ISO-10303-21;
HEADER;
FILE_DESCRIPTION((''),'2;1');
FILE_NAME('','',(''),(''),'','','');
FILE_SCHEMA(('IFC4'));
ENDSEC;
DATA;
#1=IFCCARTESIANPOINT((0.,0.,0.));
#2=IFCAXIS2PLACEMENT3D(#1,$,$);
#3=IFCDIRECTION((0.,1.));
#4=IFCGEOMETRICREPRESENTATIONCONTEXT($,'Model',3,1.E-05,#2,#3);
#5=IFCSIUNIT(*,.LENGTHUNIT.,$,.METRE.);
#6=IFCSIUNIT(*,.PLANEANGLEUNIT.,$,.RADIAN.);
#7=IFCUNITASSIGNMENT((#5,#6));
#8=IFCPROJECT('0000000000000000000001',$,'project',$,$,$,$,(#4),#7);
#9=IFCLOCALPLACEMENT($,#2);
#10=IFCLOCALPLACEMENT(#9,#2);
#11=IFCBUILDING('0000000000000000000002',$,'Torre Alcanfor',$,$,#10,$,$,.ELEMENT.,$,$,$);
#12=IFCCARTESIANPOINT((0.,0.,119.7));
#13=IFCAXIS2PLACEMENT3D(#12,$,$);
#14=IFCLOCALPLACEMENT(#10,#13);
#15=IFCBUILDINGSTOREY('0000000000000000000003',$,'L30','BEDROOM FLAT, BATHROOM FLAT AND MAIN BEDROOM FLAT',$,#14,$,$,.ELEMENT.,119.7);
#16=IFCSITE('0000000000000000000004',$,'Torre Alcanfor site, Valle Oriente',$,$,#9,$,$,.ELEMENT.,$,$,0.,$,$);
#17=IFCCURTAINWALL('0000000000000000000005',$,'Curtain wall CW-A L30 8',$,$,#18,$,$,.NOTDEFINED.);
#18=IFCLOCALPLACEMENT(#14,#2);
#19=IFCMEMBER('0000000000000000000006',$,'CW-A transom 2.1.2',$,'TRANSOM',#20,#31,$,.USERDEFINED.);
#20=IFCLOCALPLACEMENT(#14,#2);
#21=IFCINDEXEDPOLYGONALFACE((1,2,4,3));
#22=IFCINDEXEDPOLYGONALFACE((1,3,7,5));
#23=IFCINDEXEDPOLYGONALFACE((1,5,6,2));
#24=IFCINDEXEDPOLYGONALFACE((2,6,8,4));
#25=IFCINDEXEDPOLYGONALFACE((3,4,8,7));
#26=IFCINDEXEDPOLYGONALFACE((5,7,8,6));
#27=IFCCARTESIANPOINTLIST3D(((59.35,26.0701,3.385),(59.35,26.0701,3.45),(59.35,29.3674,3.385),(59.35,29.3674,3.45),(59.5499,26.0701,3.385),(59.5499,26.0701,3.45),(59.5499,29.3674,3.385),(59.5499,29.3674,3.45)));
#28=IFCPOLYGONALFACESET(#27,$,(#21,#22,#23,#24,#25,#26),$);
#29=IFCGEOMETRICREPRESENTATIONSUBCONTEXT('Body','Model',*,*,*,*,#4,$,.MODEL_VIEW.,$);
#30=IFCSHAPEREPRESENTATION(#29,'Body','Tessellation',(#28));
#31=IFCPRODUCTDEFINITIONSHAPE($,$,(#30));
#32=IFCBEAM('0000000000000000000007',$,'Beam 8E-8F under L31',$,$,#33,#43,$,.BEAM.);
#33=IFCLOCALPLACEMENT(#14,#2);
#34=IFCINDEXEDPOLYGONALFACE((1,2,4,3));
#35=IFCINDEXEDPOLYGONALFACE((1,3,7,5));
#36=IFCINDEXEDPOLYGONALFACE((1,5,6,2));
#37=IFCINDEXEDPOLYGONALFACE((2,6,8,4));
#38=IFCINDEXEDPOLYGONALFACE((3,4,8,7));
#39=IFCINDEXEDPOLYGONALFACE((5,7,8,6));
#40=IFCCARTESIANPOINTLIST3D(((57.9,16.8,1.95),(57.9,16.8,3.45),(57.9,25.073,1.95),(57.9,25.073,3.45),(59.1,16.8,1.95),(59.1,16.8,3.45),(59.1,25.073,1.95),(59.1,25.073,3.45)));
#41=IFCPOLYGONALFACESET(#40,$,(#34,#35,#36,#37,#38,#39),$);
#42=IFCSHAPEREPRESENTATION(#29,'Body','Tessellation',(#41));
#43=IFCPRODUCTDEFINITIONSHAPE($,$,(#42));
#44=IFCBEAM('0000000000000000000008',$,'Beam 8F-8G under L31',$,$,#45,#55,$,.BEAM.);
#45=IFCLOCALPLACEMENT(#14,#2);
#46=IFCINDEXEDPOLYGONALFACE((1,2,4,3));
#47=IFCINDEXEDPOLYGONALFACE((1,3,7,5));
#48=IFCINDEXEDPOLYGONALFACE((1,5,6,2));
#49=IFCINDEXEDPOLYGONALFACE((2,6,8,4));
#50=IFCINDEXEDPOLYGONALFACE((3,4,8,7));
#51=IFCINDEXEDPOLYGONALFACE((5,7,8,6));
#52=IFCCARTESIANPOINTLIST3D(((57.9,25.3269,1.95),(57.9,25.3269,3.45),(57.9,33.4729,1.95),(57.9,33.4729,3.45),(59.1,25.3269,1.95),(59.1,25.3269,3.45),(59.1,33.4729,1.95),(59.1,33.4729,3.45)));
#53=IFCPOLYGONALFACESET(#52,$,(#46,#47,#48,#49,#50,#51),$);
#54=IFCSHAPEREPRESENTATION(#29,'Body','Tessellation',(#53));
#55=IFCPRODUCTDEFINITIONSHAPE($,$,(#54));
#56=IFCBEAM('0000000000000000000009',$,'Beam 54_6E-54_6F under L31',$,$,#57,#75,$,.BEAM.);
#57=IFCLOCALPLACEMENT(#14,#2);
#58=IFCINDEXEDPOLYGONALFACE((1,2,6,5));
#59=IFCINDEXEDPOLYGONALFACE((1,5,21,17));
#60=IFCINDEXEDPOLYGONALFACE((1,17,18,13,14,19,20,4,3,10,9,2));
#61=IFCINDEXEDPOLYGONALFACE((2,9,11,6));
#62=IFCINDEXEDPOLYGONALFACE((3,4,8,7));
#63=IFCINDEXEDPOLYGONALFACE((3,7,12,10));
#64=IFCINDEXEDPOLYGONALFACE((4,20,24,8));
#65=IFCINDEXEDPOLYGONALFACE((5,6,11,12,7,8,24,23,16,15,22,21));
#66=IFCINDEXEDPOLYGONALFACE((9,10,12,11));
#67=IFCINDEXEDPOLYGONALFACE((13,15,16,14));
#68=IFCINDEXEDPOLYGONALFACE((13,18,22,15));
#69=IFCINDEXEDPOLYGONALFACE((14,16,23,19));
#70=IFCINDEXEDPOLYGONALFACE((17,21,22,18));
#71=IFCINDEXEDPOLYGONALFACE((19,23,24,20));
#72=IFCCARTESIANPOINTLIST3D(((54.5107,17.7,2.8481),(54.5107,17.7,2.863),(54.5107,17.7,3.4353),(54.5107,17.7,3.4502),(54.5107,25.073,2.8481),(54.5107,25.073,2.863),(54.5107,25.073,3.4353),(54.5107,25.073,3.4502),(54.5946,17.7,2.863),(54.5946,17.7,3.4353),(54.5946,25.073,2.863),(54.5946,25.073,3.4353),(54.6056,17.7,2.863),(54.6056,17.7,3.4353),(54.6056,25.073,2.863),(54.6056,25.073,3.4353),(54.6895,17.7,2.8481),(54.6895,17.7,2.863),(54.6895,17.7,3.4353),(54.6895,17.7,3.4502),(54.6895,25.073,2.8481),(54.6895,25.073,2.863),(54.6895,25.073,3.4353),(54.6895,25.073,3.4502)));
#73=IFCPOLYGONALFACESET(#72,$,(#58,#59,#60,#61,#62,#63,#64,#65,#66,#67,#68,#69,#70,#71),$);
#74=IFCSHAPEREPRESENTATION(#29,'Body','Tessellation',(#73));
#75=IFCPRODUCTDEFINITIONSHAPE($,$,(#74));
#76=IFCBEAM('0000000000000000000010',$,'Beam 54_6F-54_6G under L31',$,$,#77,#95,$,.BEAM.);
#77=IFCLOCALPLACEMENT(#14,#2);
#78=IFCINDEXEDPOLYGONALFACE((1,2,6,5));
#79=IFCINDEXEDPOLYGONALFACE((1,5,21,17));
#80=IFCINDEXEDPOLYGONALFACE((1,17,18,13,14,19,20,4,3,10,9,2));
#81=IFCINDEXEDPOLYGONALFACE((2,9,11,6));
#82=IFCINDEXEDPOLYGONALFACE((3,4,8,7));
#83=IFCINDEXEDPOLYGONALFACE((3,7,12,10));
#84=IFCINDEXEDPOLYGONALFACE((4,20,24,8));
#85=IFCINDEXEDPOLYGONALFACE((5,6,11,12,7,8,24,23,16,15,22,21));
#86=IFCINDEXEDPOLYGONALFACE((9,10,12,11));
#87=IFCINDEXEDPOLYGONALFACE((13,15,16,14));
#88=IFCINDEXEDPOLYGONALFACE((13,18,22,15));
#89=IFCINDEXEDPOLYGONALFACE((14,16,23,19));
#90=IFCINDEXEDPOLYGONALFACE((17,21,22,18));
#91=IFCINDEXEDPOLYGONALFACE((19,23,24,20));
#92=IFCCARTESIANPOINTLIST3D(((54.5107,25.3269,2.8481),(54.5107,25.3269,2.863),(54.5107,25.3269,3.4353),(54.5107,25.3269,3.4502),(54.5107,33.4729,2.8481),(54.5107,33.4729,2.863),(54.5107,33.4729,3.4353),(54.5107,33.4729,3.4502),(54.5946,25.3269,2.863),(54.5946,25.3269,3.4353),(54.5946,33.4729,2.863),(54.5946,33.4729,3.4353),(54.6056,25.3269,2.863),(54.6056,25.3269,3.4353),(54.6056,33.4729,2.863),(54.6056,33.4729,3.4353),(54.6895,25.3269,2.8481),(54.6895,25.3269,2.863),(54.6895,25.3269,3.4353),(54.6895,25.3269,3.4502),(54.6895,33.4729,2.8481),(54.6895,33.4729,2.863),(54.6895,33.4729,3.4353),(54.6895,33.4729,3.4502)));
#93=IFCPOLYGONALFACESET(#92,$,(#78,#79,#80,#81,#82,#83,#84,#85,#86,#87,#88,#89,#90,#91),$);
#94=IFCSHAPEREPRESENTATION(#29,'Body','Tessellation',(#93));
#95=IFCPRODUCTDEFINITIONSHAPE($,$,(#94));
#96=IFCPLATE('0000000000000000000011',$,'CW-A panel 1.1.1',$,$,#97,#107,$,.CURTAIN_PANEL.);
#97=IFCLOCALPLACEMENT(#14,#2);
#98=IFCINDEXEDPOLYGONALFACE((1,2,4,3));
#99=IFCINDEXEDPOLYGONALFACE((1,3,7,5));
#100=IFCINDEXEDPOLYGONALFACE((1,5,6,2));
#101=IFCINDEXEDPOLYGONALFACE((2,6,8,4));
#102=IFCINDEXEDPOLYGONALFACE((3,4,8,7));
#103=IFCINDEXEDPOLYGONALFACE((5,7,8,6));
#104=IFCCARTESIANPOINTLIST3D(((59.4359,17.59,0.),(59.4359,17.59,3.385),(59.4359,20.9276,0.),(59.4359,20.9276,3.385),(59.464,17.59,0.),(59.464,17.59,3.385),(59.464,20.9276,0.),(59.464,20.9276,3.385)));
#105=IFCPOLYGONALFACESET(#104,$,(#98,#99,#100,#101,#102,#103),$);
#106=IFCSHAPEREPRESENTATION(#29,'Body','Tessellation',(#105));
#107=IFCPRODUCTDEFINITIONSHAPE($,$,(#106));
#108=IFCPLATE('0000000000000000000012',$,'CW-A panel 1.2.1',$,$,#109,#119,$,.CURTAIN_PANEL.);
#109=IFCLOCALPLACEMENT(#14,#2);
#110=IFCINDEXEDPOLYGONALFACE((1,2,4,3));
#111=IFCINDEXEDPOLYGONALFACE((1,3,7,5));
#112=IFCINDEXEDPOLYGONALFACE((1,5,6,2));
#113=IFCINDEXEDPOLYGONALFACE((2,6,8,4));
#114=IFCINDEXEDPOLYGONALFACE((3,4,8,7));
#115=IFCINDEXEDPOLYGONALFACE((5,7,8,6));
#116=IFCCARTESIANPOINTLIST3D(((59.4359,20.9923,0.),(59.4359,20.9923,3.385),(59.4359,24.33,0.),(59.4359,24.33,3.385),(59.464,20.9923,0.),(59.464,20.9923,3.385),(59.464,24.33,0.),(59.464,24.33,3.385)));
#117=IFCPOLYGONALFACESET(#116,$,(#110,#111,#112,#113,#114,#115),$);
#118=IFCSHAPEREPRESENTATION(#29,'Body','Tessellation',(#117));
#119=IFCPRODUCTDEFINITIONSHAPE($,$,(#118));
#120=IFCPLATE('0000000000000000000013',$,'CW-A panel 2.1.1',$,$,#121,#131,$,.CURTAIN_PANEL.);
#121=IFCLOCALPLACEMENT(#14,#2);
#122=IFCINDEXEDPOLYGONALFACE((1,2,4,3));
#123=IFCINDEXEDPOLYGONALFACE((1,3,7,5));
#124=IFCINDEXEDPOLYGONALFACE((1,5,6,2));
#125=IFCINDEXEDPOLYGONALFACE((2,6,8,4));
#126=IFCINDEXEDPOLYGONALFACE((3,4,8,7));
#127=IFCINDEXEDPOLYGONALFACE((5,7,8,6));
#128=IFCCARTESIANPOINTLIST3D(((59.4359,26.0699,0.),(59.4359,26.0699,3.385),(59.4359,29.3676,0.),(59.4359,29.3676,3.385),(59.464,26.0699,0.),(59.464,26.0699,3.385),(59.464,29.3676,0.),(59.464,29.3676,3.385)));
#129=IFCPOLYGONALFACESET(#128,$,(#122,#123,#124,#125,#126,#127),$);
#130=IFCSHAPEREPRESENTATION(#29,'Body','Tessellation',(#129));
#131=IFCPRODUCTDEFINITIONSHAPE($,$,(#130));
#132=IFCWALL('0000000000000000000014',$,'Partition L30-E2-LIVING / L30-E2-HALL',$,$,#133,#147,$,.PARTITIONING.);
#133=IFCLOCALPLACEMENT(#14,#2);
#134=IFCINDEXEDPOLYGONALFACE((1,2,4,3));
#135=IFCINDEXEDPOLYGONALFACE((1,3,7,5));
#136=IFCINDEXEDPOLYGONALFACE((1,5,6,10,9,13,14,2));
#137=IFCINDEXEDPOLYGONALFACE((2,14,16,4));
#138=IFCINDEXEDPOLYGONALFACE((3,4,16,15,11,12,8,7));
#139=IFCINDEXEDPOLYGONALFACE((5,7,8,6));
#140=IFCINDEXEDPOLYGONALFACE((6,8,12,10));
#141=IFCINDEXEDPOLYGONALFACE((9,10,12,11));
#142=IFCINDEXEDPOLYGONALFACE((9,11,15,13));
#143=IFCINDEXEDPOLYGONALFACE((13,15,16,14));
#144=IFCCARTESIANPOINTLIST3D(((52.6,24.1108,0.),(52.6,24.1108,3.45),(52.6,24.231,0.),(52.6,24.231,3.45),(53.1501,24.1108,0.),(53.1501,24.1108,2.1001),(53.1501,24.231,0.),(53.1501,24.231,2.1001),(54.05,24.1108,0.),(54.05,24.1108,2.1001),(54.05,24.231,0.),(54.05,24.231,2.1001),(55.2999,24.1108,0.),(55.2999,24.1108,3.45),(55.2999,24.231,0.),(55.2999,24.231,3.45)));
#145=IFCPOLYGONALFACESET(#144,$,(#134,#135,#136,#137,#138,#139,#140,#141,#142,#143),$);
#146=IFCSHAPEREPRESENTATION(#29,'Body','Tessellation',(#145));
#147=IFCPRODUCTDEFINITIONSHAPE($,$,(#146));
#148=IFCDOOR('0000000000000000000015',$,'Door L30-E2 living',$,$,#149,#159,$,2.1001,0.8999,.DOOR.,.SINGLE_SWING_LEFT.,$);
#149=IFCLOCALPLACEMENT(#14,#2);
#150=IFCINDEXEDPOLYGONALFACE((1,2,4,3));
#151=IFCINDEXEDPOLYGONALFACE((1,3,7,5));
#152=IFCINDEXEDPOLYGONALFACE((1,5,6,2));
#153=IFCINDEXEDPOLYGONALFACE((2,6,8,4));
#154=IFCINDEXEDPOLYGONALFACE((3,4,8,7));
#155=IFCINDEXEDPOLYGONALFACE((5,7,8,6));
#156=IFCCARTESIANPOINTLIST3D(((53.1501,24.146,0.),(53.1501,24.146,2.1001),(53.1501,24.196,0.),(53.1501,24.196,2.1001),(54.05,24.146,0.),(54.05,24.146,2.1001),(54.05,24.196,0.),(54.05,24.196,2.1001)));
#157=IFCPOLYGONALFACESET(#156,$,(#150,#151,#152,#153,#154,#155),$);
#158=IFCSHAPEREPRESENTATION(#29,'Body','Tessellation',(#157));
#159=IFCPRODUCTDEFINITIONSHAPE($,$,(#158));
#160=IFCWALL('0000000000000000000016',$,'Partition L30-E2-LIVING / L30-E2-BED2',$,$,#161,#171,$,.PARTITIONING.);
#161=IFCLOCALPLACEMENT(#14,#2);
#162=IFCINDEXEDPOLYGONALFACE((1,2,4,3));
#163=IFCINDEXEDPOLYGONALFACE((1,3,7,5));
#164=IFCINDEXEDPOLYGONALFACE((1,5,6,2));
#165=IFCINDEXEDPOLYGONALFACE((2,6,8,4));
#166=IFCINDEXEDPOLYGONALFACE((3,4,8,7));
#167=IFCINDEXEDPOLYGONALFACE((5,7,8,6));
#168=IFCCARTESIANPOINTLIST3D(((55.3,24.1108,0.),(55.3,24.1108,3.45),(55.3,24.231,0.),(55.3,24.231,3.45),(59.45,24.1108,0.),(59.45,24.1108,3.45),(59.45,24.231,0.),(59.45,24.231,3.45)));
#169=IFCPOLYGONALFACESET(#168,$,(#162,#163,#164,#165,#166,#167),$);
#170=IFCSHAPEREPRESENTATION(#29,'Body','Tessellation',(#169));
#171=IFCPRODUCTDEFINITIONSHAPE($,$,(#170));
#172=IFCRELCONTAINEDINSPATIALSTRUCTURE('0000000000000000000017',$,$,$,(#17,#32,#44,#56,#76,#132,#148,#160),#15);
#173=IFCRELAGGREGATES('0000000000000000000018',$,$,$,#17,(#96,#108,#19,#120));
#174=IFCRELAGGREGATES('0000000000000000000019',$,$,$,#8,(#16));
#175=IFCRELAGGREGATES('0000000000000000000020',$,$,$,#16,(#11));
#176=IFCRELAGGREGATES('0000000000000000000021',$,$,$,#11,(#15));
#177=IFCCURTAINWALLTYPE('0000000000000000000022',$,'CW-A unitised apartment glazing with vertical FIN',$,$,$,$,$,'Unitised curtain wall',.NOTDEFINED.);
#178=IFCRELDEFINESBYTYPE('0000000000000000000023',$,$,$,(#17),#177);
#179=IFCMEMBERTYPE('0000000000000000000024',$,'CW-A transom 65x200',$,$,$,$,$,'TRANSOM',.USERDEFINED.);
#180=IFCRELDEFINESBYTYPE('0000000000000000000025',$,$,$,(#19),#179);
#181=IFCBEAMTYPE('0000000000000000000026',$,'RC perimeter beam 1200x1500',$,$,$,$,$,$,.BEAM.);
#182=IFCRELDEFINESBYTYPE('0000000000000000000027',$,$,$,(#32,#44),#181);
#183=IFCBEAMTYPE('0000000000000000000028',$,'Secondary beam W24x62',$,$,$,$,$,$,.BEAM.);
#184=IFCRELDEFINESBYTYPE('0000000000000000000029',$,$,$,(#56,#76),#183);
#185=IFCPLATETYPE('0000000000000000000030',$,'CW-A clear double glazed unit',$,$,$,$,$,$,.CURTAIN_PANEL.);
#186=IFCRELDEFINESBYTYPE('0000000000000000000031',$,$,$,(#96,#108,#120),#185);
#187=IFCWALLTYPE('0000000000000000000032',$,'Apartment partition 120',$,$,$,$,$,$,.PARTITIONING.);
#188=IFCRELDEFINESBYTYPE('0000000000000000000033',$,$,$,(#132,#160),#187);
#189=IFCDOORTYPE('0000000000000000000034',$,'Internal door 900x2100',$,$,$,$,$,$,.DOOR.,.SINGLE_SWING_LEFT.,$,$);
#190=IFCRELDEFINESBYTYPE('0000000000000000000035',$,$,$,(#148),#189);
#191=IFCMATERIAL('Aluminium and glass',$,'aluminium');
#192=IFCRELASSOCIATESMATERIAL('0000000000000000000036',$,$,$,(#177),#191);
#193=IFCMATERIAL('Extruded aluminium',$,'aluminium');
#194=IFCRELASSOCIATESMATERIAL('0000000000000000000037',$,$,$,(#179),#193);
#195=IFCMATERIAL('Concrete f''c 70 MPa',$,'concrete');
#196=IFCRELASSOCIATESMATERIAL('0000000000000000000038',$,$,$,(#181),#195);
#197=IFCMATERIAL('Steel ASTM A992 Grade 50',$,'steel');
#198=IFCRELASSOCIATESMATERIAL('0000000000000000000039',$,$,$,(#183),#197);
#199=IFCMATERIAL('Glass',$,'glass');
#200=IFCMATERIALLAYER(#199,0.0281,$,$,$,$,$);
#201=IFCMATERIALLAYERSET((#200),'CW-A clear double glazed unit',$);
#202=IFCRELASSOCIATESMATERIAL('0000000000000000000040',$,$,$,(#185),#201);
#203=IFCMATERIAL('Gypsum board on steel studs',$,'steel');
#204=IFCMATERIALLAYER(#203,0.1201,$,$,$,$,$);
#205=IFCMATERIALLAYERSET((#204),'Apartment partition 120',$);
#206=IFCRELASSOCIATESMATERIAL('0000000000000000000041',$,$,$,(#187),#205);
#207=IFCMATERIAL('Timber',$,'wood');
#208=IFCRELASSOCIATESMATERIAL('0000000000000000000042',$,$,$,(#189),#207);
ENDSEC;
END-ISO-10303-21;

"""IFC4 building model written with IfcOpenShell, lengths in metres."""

from ifc_helpers import new_model, si_unit, direction, frame, frame_2d, origin, origin_2d, place, context, subcontext, project, spatial, rectangle, i_section, extrude, material, layer, layer_set, material_profile, profile_set, type_object, element, fill, aggregate, save


model = new_model("IFC4")

# Units and contexts
model_context = context("Model", 3, precision=1e-05, world=origin(), true_north=direction((0.0, 1.0)))
body_context = subcontext(model_context, "Body", "Model", "MODEL_VIEW")
ifc_project = project(units=[si_unit("LENGTHUNIT", "METRE"), si_unit("PLANEANGLEUNIT", "RADIAN")], contexts=[model_context])

# Site, building, storey
site_placement = place(None, origin())
site = spatial("IfcSite", under=ifc_project, at=site_placement, Name="Torre Alcanfor site, Valle Oriente", CompositionType="ELEMENT", RefElevation=0.0)
building_placement = place(site_placement, origin())
building = spatial("IfcBuilding", under=site, at=building_placement, Name="Torre Alcanfor", CompositionType="ELEMENT")
storey_placement = place(building_placement, frame((0.0, 0.0, 119.7)))
storey = spatial("IfcBuildingStorey", under=building, at=storey_placement, Name="L30", Description="BEDROOM FLAT, BATHROOM FLAT AND MAIN BEDROOM FLAT", CompositionType="ELEMENT", Elevation=119.7)

# Curtain wall, member
ifc_material_1 = material(Name="Aluminium and glass", Category="aluminium")
curtain_wall_type = type_object("IfcCurtainWallType", Name="CW-A unitised apartment glazing with vertical FIN", ElementType="Unitised curtain wall", PredefinedType="NOTDEFINED", material=ifc_material_1)
curtain_wall_placement = place(storey_placement, origin())
curtain_wall = element("IfcCurtainWall", 1, at=curtain_wall_placement, inside=storey, type_object=curtain_wall_type, Name="Curtain wall CW-A L30 8", PredefinedType="NOTDEFINED")
ifc_material_2 = material(Name="Extruded aluminium", Category="aluminium")
ifc_material_profile_1 = material_profile(ifc_material_2, rectangle(XDim=0.2, YDim=0.0649, at=origin_2d()), Name="CW-A transom 200x65")
ifc_profile_set_1 = profile_set([ifc_material_profile_1], Name="Extruded aluminium")
member_type_1 = type_object("IfcMemberType", Name="CW-A transom 65x200", ElementType="TRANSOM", PredefinedType="USERDEFINED", material=ifc_profile_set_1)
member_1_placement = place(storey_placement, frame((59.45, 26.0701, 3.4175), z_axis=(0.0, 1.0, 0.0), x_axis=(-1.0, 0.0, 0.0)))
member_1 = element("IfcMember", 2, at=member_1_placement, type_object=member_type_1, Name="CW-A transom 2.1.2", ObjectType="TRANSOM", PredefinedType="USERDEFINED", context=body_context, shape_type="SweptSolid", body=[
    extrude(rectangle(XDim=0.2, YDim=0.0649, at=origin_2d()), origin(), (0.0, 0.0, 1.0), 3.2974),
])

# Beams
ifc_material_3 = material(Name="Concrete f'c 70 MPa", Category="concrete")
ifc_material_profile_2 = material_profile(ifc_material_3, rectangle(XDim=1.2, YDim=1.5, at=origin_2d()), Name="1200x1500")
ifc_profile_set_2 = profile_set([ifc_material_profile_2], Name="Concrete f'c 70 MPa")
beam_type_1 = type_object("IfcBeamType", Name="RC perimeter beam 1200x1500", PredefinedType="BEAM", material=ifc_profile_set_2)
beam_1_placement = place(storey_placement, frame((58.5, 16.8, 2.7), z_axis=(0.0, 1.0, 0.0), x_axis=(-1.0, 0.0, 0.0)))
element("IfcBeam", 3, at=beam_1_placement, inside=storey, type_object=beam_type_1, Name="Beam 8E-8F under L31", PredefinedType="BEAM", context=body_context, shape_type="SweptSolid", body=[
    extrude(rectangle(XDim=1.2, YDim=1.5, at=origin_2d()), origin(), (0.0, 0.0, 1.0), 8.2729),
])
beam_2_placement = place(storey_placement, frame((58.5, 25.3269, 2.7), z_axis=(0.0, 1.0, 0.0), x_axis=(-1.0, 0.0, 0.0)))
element("IfcBeam", 4, at=beam_2_placement, inside=storey, type_object=beam_type_1, Name="Beam 8F-8G under L31", PredefinedType="BEAM", context=body_context, shape_type="SweptSolid", body=[
    extrude(rectangle(XDim=1.2, YDim=1.5, at=origin_2d()), origin(), (0.0, 0.0, 1.0), 8.146),
])
ifc_material_4 = material(Name="Steel ASTM A992 Grade 50", Category="steel")
ifc_material_profile_3 = material_profile(ifc_material_4, i_section(OverallWidth=0.1787, OverallDepth=0.6021, WebThickness=0.011, FlangeThickness=0.0149, at=origin_2d()), Name="W24x62")
ifc_profile_set_3 = profile_set([ifc_material_profile_3], Name="Steel ASTM A992 Grade 50")
beam_type_2 = type_object("IfcBeamType", Name="Secondary beam W24x62", PredefinedType="BEAM", material=ifc_profile_set_3)
beam_3_placement = place(storey_placement, frame((54.6001, 17.7, 3.1492), z_axis=(0.0, 1.0, 0.0), x_axis=(-1.0, 0.0, 0.0)))
element("IfcBeam", 5, at=beam_3_placement, inside=storey, type_object=beam_type_2, Name="Beam 54_6E-54_6F under L31", PredefinedType="BEAM", context=body_context, shape_type="SweptSolid", body=[
    extrude(i_section(OverallWidth=0.1787, OverallDepth=0.6021, WebThickness=0.011, FlangeThickness=0.0149, at=origin_2d()), origin(), (0.0, 0.0, 1.0), 7.373),
])
beam_4_placement = place(storey_placement, frame((54.6001, 25.3269, 3.1492), z_axis=(0.0, 1.0, 0.0), x_axis=(-1.0, 0.0, 0.0)))
element("IfcBeam", 6, at=beam_4_placement, inside=storey, type_object=beam_type_2, Name="Beam 54_6F-54_6G under L31", PredefinedType="BEAM", context=body_context, shape_type="SweptSolid", body=[
    extrude(i_section(OverallWidth=0.1787, OverallDepth=0.6021, WebThickness=0.011, FlangeThickness=0.0149, at=origin_2d()), origin(), (0.0, 0.0, 1.0), 8.146),
])

# Plates
ifc_material_5 = material(Name="Glass", Category="glass")
ifc_layer_1 = layer(ifc_material_5, 0.0281)
ifc_layer_set_1 = layer_set([ifc_layer_1], Name="CW-A clear double glazed unit")
plate_type = type_object("IfcPlateType", Name="CW-A clear double glazed unit", PredefinedType="CURTAIN_PANEL", material=ifc_layer_set_1)
plate_1_placement = place(storey_placement, frame((59.45, 19.2588, 0.0), z_axis=(0.0, 0.0, 1.0), x_axis=(0.0, 1.0, 0.0)))
plate_1 = element("IfcPlate", 7, at=plate_1_placement, type_object=plate_type, Name="CW-A panel 1.1.1", PredefinedType="CURTAIN_PANEL", context=body_context, shape_type="SweptSolid", body=[
    extrude(rectangle(XDim=3.3376, YDim=0.0281, at=origin_2d()), origin(), (0.0, 0.0, 1.0), 3.385),
])
plate_2_placement = place(storey_placement, frame((59.45, 22.6611, 0.0), z_axis=(0.0, 0.0, 1.0), x_axis=(0.0, 1.0, 0.0)))
plate_2 = element("IfcPlate", 8, at=plate_2_placement, type_object=plate_type, Name="CW-A panel 1.2.1", PredefinedType="CURTAIN_PANEL", context=body_context, shape_type="SweptSolid", body=[
    extrude(rectangle(XDim=3.3376, YDim=0.0281, at=origin_2d()), origin(), (0.0, 0.0, 1.0), 3.385),
])
plate_3_placement = place(storey_placement, frame((59.45, 27.7188, 0.0), z_axis=(0.0, 0.0, 1.0), x_axis=(0.0, 1.0, 0.0)))
plate_3 = element("IfcPlate", 9, at=plate_3_placement, type_object=plate_type, Name="CW-A panel 2.1.1", PredefinedType="CURTAIN_PANEL", context=body_context, shape_type="SweptSolid", body=[
    extrude(rectangle(XDim=3.2976, YDim=0.0281, at=origin_2d()), origin(), (0.0, 0.0, 1.0), 3.385),
])
aggregate(curtain_wall, [plate_1, plate_2, member_1, plate_3])

# Wall, opening, door
ifc_material_6 = material(Name="Gypsum board on steel studs", Category="steel")
ifc_layer_2 = layer(ifc_material_6, 0.1201)
ifc_layer_set_2 = layer_set([ifc_layer_2], Name="Apartment partition 120")
wall_type_1 = type_object("IfcWallType", Name="Apartment partition 120", PredefinedType="PARTITIONING", material=ifc_layer_set_2)
wall_1_placement = place(storey_placement, frame((55.3, 24.1709, 0.0), z_axis=(0.0, 0.0, 1.0), x_axis=(-1.0, 0.0, 0.0)))
wall_1 = element("IfcWall", 10, at=wall_1_placement, inside=storey, type_object=wall_type_1, Name="Partition L30-E2-LIVING / L30-E2-HALL", PredefinedType="PARTITIONING", context=body_context, shape_type="SweptSolid", body=[
    extrude(rectangle(XDim=2.7, YDim=0.1201, at=frame_2d((1.3501, 0.0))), origin(), (0.0, 0.0, 1.0), 3.45),
])
opening_1_placement = place(wall_1_placement, frame((1.25, 0.0, 0.0)))
opening_1 = element("IfcOpeningElement", 11, at=opening_1_placement, cuts=wall_1, PredefinedType="OPENING", context=body_context, shape_type="SweptSolid", body=[
    extrude(rectangle(XDim=0.8999, YDim=2.1001, at=frame_2d((0.45, 1.05))), frame((0.0, 0.0701, 0.0), z_axis=(0.0, -1.0, 0.0), x_axis=(1.0, 0.0, 0.0)), (0.0, 0.0, 1.0), 0.1401),
])
ifc_material_7 = material(Name="Timber", Category="wood")
door_type = type_object("IfcDoorType", Name="Internal door 900x2100", OperationType="SINGLE_SWING_LEFT", PredefinedType="DOOR", material=ifc_material_7)
door_1_placement = place(opening_1_placement, frame((0.8999, 0.0, 0.0), z_axis=(0.0, 0.0, 1.0), x_axis=(-1.0, 0.0, 0.0)))
door_1 = element("IfcDoor", 12, at=door_1_placement, inside=storey, type_object=door_type, Name="Door L30-E2 living", OperationType="SINGLE_SWING_LEFT", OverallHeight=2.1001, OverallWidth=0.8999, PredefinedType="DOOR", context=body_context, shape_type="SweptSolid", body=[
    extrude(rectangle(XDim=0.8999, YDim=2.1001, at=frame_2d((0.45, 1.05))), frame((0.0, 0.0251, 0.0), z_axis=(0.0, -1.0, 0.0), x_axis=(1.0, 0.0, 0.0)), (0.0, 0.0, 1.0), 0.05),
])
fill(opening_1, door_1)

# Wall
wall_2_placement = place(storey_placement, frame((59.45, 24.1709, 0.0), z_axis=(0.0, 0.0, 1.0), x_axis=(-1.0, 0.0, 0.0)))
element("IfcWall", 13, at=wall_2_placement, inside=storey, type_object=wall_type_1, Name="Partition L30-E2-LIVING / L30-E2-BED2", PredefinedType="PARTITIONING", context=body_context, shape_type="SweptSolid", body=[
    extrude(rectangle(XDim=4.1499, YDim=0.1201, at=frame_2d((2.075, 0.0))), origin(), (0.0, 0.0, 1.0), 3.45),
])

save(model, "model.ifc")
